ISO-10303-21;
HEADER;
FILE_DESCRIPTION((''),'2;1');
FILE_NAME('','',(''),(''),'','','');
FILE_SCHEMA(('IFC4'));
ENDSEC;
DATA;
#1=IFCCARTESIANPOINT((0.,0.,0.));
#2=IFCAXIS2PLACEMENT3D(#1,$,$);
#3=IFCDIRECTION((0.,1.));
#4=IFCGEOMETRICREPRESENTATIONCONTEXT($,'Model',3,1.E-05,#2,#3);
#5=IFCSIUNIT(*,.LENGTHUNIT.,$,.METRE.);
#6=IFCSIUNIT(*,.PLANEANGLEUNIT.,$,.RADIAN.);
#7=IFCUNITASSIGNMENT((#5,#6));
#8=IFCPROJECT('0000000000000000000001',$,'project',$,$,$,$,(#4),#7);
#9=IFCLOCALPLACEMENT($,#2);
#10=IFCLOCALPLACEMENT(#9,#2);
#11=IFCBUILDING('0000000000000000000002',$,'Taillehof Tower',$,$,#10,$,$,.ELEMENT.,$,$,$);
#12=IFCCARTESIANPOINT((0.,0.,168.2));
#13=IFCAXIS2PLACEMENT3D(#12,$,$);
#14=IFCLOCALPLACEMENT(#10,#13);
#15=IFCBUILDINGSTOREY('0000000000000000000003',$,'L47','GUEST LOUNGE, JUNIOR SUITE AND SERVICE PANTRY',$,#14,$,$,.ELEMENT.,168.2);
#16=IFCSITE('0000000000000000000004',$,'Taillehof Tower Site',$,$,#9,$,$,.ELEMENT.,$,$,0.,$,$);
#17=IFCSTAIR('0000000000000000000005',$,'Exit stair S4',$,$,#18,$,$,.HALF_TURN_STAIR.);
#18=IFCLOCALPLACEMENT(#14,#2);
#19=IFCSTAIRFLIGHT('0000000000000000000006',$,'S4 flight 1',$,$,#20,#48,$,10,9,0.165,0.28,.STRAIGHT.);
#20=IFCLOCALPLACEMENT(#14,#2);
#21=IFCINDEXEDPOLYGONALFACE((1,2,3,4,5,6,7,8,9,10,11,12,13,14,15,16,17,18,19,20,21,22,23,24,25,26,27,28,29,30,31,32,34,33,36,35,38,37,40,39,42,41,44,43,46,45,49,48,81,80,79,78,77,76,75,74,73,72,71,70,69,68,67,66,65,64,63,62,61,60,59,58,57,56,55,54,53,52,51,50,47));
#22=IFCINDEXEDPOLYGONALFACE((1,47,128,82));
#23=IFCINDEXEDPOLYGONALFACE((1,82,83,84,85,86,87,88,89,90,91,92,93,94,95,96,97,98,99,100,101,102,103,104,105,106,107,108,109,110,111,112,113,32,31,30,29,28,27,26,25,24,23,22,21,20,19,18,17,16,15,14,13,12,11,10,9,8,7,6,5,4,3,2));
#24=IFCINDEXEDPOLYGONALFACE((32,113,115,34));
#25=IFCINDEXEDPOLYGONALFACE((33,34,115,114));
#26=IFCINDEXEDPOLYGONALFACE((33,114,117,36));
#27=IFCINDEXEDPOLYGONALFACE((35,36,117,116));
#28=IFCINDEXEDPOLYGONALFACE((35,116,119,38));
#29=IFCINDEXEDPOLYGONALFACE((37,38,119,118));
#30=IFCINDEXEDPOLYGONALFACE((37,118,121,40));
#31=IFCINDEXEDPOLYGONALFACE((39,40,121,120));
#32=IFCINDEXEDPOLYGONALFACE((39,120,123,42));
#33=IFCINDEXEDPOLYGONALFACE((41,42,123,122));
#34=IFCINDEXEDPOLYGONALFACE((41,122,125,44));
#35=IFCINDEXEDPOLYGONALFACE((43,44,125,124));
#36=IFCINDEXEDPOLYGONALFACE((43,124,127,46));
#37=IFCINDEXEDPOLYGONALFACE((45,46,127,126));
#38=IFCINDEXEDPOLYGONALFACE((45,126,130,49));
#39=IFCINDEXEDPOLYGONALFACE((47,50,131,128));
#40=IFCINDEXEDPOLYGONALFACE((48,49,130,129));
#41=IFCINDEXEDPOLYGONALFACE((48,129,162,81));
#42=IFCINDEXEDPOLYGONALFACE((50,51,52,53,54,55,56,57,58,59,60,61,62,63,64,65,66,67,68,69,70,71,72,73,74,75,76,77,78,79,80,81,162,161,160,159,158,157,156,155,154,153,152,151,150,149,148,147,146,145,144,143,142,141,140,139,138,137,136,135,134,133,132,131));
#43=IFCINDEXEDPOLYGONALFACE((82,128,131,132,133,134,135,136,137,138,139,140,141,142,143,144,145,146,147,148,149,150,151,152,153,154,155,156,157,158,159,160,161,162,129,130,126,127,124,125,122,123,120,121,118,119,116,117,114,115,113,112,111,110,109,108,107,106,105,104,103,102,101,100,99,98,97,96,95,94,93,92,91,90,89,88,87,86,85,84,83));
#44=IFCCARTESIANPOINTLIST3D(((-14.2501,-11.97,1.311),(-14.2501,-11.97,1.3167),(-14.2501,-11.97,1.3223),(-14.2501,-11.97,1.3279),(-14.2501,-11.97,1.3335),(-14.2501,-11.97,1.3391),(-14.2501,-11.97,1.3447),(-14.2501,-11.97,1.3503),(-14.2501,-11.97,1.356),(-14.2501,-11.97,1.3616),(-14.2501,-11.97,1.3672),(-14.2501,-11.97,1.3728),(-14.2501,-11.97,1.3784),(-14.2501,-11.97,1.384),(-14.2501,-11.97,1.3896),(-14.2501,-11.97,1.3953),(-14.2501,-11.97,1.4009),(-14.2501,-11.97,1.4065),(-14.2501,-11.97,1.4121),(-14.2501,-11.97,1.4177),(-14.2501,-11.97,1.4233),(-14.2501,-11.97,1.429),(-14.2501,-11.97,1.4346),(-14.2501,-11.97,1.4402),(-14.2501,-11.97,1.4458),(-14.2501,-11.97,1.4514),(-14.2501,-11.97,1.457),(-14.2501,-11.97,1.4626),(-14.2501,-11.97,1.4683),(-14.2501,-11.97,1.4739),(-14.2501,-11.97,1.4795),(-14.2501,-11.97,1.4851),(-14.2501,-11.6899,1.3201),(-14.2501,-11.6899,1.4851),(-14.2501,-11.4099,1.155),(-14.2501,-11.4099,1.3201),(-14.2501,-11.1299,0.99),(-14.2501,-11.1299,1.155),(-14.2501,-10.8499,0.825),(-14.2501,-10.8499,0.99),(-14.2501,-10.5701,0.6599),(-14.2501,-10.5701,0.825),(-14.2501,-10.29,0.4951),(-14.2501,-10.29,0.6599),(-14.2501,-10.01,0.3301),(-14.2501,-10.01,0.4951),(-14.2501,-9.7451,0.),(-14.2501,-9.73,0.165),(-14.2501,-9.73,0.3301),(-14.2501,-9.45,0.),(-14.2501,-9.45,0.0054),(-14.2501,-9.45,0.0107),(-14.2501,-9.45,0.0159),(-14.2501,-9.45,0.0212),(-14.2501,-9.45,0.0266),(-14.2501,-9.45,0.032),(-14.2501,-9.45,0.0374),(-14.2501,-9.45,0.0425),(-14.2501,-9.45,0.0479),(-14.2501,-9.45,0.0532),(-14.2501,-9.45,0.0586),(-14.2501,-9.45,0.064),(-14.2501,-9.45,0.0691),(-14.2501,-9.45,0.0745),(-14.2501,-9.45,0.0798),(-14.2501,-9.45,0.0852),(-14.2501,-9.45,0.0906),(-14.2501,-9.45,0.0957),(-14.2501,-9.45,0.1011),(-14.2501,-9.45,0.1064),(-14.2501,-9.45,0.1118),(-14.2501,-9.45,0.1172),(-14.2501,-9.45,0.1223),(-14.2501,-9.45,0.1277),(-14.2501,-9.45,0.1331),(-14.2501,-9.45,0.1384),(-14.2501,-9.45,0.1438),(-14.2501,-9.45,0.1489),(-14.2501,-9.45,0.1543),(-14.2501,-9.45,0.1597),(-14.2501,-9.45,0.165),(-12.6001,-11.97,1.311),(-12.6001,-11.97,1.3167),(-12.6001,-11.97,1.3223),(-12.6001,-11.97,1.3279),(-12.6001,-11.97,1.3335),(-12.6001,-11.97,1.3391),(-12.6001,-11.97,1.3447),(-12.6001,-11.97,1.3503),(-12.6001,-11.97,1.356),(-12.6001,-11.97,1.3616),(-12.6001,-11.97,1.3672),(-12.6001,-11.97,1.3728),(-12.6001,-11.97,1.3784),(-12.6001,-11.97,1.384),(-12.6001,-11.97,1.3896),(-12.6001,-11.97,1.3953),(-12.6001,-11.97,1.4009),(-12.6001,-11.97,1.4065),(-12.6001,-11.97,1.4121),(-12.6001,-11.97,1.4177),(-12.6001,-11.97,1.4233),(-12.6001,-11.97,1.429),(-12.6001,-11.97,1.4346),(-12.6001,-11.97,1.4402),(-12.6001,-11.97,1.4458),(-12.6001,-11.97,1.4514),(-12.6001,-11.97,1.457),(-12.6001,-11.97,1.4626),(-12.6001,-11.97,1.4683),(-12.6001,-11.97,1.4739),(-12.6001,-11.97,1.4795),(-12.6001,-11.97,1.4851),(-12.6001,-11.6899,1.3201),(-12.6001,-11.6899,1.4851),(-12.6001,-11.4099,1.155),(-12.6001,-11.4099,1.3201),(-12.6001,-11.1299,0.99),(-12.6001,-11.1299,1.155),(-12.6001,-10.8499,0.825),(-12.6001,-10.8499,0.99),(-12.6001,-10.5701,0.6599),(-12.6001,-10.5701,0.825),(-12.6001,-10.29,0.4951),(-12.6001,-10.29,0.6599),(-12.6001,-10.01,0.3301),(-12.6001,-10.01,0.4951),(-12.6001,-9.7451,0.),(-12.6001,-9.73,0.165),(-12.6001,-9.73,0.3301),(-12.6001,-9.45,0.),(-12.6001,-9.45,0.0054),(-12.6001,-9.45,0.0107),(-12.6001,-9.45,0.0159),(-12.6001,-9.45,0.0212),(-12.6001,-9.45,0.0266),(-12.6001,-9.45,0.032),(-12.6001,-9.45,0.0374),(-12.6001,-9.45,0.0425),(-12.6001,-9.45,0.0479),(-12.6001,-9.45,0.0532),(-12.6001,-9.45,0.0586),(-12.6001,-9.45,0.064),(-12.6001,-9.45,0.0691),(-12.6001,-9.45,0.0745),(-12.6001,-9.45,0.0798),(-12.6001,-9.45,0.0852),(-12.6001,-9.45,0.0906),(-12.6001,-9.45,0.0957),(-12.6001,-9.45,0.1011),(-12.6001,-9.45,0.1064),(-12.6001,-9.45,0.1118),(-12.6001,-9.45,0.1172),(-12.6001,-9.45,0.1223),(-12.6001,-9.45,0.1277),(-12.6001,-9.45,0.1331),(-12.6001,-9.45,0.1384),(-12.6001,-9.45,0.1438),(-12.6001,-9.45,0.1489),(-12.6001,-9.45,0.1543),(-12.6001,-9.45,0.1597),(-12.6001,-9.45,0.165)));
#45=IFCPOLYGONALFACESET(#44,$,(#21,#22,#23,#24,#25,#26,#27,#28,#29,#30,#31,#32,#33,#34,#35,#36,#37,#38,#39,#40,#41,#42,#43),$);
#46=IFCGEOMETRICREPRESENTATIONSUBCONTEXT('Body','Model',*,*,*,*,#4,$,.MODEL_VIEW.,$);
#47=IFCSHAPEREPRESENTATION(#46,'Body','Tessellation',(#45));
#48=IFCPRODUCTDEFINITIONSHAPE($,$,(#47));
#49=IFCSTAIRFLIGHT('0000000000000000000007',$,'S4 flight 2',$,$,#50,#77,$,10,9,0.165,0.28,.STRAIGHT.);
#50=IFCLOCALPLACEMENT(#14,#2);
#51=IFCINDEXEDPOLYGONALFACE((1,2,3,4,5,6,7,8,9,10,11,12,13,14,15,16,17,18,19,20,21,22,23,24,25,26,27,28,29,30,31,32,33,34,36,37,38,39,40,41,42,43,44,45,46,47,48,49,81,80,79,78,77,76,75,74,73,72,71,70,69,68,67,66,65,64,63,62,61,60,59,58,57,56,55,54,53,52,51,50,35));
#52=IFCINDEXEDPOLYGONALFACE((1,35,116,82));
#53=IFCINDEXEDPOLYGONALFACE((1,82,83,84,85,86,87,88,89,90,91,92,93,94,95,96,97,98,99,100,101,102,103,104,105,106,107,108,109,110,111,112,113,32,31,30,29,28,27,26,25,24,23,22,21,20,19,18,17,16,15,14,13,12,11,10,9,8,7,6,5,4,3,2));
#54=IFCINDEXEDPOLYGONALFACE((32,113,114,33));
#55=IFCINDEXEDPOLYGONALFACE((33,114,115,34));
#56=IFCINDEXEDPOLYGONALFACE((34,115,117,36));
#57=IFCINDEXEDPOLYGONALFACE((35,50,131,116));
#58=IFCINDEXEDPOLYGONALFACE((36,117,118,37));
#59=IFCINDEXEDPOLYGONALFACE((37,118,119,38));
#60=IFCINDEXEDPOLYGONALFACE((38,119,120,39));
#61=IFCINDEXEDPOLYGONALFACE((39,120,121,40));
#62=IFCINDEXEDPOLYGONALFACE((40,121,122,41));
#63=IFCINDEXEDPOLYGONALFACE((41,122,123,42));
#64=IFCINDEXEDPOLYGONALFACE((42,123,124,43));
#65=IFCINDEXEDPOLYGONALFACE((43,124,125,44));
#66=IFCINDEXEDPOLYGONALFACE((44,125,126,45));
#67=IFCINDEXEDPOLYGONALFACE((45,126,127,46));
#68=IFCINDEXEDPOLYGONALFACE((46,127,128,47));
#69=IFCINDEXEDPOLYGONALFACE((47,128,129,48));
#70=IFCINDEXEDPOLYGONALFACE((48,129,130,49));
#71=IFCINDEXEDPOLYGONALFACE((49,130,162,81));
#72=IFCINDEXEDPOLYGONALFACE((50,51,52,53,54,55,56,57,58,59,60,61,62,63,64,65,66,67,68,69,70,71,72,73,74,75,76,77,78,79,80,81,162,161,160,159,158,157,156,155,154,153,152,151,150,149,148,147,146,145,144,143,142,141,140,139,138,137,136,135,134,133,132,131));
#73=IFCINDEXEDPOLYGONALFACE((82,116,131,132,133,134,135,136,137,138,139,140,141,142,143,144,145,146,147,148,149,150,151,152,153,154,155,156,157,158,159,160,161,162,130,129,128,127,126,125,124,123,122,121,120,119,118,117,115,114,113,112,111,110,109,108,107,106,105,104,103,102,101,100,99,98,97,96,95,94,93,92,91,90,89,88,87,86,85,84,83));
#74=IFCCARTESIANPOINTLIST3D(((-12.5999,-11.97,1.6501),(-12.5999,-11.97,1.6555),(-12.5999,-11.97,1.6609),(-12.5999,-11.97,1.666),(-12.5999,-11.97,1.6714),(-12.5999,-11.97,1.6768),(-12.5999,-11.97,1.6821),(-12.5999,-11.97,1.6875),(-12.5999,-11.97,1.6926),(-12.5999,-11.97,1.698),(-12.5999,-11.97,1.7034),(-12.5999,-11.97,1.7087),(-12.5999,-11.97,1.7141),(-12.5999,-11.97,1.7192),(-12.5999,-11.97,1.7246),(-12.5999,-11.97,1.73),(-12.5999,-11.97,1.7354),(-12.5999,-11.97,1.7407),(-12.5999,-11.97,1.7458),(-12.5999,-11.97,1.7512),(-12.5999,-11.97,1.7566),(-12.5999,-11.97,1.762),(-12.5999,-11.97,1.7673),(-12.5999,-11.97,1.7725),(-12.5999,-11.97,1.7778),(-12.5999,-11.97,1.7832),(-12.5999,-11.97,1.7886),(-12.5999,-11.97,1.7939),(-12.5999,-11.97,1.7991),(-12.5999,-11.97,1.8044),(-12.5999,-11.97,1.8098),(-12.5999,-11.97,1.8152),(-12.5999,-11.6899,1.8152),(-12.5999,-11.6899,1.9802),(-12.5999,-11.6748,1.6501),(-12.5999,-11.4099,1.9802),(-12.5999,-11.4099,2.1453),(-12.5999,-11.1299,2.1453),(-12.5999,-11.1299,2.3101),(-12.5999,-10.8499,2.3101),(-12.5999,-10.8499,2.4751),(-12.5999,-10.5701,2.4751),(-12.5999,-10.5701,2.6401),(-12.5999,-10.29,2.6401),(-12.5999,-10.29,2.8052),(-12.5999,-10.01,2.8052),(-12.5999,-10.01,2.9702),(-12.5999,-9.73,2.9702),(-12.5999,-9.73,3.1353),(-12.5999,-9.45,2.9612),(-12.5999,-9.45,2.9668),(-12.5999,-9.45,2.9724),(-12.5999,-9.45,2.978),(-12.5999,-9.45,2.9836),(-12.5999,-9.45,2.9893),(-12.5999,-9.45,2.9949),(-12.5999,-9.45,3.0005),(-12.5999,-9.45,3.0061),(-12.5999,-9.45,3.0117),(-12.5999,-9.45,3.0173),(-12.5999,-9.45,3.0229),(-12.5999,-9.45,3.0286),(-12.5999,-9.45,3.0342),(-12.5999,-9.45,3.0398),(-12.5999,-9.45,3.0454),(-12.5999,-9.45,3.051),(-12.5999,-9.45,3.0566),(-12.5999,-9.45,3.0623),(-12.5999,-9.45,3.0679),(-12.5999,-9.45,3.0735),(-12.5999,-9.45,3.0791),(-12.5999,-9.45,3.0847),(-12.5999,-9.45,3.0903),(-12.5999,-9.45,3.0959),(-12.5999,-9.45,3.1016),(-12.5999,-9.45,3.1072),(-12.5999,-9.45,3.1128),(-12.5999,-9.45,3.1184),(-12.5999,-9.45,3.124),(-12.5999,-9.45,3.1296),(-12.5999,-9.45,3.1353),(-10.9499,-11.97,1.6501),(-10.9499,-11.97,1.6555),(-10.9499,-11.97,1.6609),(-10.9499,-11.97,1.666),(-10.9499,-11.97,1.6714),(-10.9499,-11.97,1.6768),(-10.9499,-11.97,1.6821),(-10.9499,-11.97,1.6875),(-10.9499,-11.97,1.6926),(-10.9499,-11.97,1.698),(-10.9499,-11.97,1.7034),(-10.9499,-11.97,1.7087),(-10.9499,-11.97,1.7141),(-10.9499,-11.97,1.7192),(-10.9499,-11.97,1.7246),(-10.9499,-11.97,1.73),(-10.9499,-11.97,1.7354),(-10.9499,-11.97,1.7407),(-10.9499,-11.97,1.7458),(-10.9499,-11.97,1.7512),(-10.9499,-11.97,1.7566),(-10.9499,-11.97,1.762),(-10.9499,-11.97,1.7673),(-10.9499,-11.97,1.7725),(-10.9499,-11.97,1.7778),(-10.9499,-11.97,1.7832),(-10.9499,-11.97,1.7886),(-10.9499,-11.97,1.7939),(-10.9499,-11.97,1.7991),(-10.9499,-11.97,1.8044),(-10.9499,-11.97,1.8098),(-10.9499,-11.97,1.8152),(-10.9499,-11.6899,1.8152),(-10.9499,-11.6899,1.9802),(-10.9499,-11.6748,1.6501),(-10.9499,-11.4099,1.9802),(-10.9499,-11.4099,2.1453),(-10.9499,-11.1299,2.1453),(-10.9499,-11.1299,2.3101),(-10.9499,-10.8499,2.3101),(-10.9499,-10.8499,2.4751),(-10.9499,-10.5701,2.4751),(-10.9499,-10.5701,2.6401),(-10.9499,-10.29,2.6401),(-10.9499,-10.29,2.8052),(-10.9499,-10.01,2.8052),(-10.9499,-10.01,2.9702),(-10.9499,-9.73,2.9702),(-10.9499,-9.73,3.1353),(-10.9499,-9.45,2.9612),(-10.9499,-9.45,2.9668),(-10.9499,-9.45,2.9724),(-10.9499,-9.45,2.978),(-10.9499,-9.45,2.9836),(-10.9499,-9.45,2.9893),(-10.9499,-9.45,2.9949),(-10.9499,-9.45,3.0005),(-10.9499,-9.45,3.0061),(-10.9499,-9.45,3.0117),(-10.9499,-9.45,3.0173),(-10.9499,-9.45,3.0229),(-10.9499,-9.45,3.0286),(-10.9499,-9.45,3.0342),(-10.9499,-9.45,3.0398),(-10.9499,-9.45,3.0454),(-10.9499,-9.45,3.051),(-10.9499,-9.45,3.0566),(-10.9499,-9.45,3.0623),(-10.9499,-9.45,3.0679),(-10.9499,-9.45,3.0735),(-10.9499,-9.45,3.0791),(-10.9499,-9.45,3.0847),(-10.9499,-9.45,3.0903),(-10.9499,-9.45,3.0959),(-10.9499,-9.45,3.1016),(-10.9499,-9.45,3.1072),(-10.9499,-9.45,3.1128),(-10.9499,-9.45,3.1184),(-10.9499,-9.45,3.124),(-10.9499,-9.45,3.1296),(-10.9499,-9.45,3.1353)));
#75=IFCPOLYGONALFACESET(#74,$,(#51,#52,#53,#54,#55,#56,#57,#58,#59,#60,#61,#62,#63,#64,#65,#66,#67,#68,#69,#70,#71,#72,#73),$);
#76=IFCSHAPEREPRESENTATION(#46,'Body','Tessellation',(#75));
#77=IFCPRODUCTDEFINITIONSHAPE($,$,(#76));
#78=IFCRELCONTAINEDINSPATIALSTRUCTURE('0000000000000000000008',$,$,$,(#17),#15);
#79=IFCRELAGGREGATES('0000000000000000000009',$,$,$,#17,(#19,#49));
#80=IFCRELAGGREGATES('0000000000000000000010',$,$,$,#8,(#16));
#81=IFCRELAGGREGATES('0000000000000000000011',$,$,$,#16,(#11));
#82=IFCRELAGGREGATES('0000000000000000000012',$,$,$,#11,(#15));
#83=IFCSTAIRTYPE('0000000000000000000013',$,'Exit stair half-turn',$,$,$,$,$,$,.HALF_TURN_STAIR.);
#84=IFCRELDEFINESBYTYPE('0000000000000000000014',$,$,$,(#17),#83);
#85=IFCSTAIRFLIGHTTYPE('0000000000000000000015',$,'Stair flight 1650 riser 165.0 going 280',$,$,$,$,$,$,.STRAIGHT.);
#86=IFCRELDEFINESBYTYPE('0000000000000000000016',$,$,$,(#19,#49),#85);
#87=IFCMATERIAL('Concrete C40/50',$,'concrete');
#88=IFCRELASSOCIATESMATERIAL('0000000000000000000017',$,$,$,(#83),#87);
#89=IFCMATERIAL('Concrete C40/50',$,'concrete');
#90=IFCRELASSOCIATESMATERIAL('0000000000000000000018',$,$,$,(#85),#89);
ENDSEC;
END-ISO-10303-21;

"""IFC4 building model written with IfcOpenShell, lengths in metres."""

from ifc_helpers import new_model, si_unit, direction, frame, origin, place, context, subcontext, project, spatial, polyline, outline, extrude, material, type_object, element, aggregate, save


model = new_model("IFC4")

# Units and contexts
model_context = context("Model", 3, precision=1e-05, world=origin(), true_north=direction((0.0, 1.0)))
body_context = subcontext(model_context, "Body", "Model", "MODEL_VIEW")
ifc_project = project(units=[si_unit("LENGTHUNIT", "METRE"), si_unit("PLANEANGLEUNIT", "RADIAN")], contexts=[model_context])

# Site, building, storey
site_placement = place(None, origin())
site = spatial("IfcSite", under=ifc_project, at=site_placement, Name="Taillehof Tower Site", CompositionType="ELEMENT", RefElevation=0.0)
building_placement = place(site_placement, origin())
building = spatial("IfcBuilding", under=site, at=building_placement, Name="Taillehof Tower", CompositionType="ELEMENT")
storey_placement = place(building_placement, frame((0.0, 0.0, 168.2)))
storey = spatial("IfcBuildingStorey", under=building, at=storey_placement, Name="L47", Description="GUEST LOUNGE, JUNIOR SUITE AND SERVICE PANTRY", CompositionType="ELEMENT", Elevation=168.2)

# Stair, stair flights
ifc_material_1 = material(Name="Concrete C40/50", Category="concrete")
stair_type = type_object("IfcStairType", Name="Exit stair half-turn", PredefinedType="HALF_TURN_STAIR", material=ifc_material_1)
stair_placement = place(storey_placement, origin())
stair = element("IfcStair", 1, at=stair_placement, inside=storey, type_object=stair_type, Name="Exit stair S4", PredefinedType="HALF_TURN_STAIR")
ifc_material_2 = material(Name="Concrete C40/50", Category="concrete")
stair_flight_type = type_object("IfcStairFlightType", Name="Stair flight 1650 riser 165.0 going 280", PredefinedType="STRAIGHT", material=ifc_material_2)
stair_flight_1_placement = place(storey_placement, frame((-13.425, -9.45, 0.0), z_axis=(0.0, 0.0, 1.0), x_axis=(0.0, -1.0, 0.0)))
stair_flight_1 = element("IfcStairFlight", 2, at=stair_flight_1_placement, type_object=stair_flight_type, Name="S4 flight 1", NumberOfRisers=10, NumberOfTreads=9, PredefinedType="STRAIGHT", RiserHeight=0.165, TreadLength=0.28, context=body_context, shape_type="SweptSolid", body=[
    extrude(outline(polyline([(0.0, 0.0), (0.0, 0.0054), (0.0, 0.0107), (0.0, 0.0159), (0.0, 0.0212), (0.0, 0.0266), (0.0, 0.032), (0.0, 0.0374), (0.0, 0.0425), (0.0, 0.0479), (0.0, 0.0532), (0.0, 0.0586), (0.0, 0.064), (0.0, 0.0691), (0.0, 0.0745), (0.0, 0.0798), (0.0, 0.0852), (0.0, 0.0906), (0.0, 0.0957), (0.0, 0.1011), (0.0, 0.1064), (0.0, 0.1118), (0.0, 0.1172), (0.0, 0.1223), (0.0, 0.1277), (0.0, 0.1331), (0.0, 0.1384), (0.0, 0.1438), (0.0, 0.1489), (0.0, 0.1543), (0.0, 0.1597), (0.0, 0.165), (0.28, 0.165), (0.28, 0.3301), (0.5601, 0.3301), (0.5601, 0.4951), (0.8401, 0.4951), (0.8401, 0.6599), (1.1201, 0.6599), (1.1201, 0.825), (1.3999, 0.825), (1.3999, 0.99), (1.6799, 0.99), (1.6799, 1.155), (1.96, 1.155), (1.96, 1.3201), (2.24, 1.3201), (2.24, 1.4851), (2.52, 1.4851), (2.52, 1.4795), (2.52, 1.4739), (2.52, 1.4683), (2.52, 1.4626), (2.52, 1.457), (2.52, 1.4514), (2.52, 1.4458), (2.52, 1.4402), (2.52, 1.4346), (2.52, 1.429), (2.52, 1.4233), (2.52, 1.4177), (2.52, 1.4121), (2.52, 1.4065), (2.52, 1.4009), (2.52, 1.3953), (2.52, 1.3896), (2.52, 1.384), (2.52, 1.3784), (2.52, 1.3728), (2.52, 1.3672), (2.52, 1.3616), (2.52, 1.356), (2.52, 1.3503), (2.52, 1.3447), (2.52, 1.3391), (2.52, 1.3335), (2.52, 1.3279), (2.52, 1.3223), (2.52, 1.3167), (2.52, 1.311), (0.2952, 0.0), (0.0, 0.0)])), frame((0.0, 0.825, 0.0), z_axis=(0.0, -1.0, 0.0), x_axis=(1.0, 0.0, 0.0)), (0.0, 0.0, 1.0), 1.65),
])
stair_flight_2_placement = place(storey_placement, frame((-11.7749, -11.97, 1.6501), z_axis=(0.0, 0.0, 1.0), x_axis=(0.0, 1.0, 0.0)))
stair_flight_2 = element("IfcStairFlight", 3, at=stair_flight_2_placement, type_object=stair_flight_type, Name="S4 flight 2", NumberOfRisers=10, NumberOfTreads=9, PredefinedType="STRAIGHT", RiserHeight=0.165, TreadLength=0.28, context=body_context, shape_type="SweptSolid", body=[
    extrude(outline(polyline([(0.0, 0.0), (0.0, 0.0054), (0.0, 0.0107), (0.0, 0.0159), (0.0, 0.0212), (0.0, 0.0266), (0.0, 0.032), (0.0, 0.0374), (0.0, 0.0425), (0.0, 0.0479), (0.0, 0.0532), (0.0, 0.0586), (0.0, 0.064), (0.0, 0.0691), (0.0, 0.0745), (0.0, 0.0798), (0.0, 0.0852), (0.0, 0.0906), (0.0, 0.0957), (0.0, 0.1011), (0.0, 0.1064), (0.0, 0.1118), (0.0, 0.1172), (0.0, 0.1223), (0.0, 0.1277), (0.0, 0.1331), (0.0, 0.1384), (0.0, 0.1438), (0.0, 0.1489), (0.0, 0.1543), (0.0, 0.1597), (0.0, 0.165), (0.28, 0.165), (0.28, 0.3301), (0.5601, 0.3301), (0.5601, 0.4951), (0.8401, 0.4951), (0.8401, 0.6599), (1.1201, 0.6599), (1.1201, 0.825), (1.3999, 0.825), (1.3999, 0.99), (1.6799, 0.99), (1.6799, 1.155), (1.96, 1.155), (1.96, 1.3201), (2.24, 1.3201), (2.24, 1.4851), (2.52, 1.4851), (2.52, 1.4795), (2.52, 1.4739), (2.52, 1.4683), (2.52, 1.4626), (2.52, 1.457), (2.52, 1.4514), (2.52, 1.4458), (2.52, 1.4402), (2.52, 1.4346), (2.52, 1.429), (2.52, 1.4233), (2.52, 1.4177), (2.52, 1.4121), (2.52, 1.4065), (2.52, 1.4009), (2.52, 1.3953), (2.52, 1.3896), (2.52, 1.384), (2.52, 1.3784), (2.52, 1.3728), (2.52, 1.3672), (2.52, 1.3616), (2.52, 1.356), (2.52, 1.3503), (2.52, 1.3447), (2.52, 1.3391), (2.52, 1.3335), (2.52, 1.3279), (2.52, 1.3223), (2.52, 1.3167), (2.52, 1.311), (0.2952, 0.0), (0.0, 0.0)])), frame((0.0, 0.825, 0.0), z_axis=(0.0, -1.0, 0.0), x_axis=(1.0, 0.0, 0.0)), (0.0, 0.0, 1.0), 1.65),
])
aggregate(stair, [stair_flight_1, stair_flight_2])

save(model, "model.ifc")
